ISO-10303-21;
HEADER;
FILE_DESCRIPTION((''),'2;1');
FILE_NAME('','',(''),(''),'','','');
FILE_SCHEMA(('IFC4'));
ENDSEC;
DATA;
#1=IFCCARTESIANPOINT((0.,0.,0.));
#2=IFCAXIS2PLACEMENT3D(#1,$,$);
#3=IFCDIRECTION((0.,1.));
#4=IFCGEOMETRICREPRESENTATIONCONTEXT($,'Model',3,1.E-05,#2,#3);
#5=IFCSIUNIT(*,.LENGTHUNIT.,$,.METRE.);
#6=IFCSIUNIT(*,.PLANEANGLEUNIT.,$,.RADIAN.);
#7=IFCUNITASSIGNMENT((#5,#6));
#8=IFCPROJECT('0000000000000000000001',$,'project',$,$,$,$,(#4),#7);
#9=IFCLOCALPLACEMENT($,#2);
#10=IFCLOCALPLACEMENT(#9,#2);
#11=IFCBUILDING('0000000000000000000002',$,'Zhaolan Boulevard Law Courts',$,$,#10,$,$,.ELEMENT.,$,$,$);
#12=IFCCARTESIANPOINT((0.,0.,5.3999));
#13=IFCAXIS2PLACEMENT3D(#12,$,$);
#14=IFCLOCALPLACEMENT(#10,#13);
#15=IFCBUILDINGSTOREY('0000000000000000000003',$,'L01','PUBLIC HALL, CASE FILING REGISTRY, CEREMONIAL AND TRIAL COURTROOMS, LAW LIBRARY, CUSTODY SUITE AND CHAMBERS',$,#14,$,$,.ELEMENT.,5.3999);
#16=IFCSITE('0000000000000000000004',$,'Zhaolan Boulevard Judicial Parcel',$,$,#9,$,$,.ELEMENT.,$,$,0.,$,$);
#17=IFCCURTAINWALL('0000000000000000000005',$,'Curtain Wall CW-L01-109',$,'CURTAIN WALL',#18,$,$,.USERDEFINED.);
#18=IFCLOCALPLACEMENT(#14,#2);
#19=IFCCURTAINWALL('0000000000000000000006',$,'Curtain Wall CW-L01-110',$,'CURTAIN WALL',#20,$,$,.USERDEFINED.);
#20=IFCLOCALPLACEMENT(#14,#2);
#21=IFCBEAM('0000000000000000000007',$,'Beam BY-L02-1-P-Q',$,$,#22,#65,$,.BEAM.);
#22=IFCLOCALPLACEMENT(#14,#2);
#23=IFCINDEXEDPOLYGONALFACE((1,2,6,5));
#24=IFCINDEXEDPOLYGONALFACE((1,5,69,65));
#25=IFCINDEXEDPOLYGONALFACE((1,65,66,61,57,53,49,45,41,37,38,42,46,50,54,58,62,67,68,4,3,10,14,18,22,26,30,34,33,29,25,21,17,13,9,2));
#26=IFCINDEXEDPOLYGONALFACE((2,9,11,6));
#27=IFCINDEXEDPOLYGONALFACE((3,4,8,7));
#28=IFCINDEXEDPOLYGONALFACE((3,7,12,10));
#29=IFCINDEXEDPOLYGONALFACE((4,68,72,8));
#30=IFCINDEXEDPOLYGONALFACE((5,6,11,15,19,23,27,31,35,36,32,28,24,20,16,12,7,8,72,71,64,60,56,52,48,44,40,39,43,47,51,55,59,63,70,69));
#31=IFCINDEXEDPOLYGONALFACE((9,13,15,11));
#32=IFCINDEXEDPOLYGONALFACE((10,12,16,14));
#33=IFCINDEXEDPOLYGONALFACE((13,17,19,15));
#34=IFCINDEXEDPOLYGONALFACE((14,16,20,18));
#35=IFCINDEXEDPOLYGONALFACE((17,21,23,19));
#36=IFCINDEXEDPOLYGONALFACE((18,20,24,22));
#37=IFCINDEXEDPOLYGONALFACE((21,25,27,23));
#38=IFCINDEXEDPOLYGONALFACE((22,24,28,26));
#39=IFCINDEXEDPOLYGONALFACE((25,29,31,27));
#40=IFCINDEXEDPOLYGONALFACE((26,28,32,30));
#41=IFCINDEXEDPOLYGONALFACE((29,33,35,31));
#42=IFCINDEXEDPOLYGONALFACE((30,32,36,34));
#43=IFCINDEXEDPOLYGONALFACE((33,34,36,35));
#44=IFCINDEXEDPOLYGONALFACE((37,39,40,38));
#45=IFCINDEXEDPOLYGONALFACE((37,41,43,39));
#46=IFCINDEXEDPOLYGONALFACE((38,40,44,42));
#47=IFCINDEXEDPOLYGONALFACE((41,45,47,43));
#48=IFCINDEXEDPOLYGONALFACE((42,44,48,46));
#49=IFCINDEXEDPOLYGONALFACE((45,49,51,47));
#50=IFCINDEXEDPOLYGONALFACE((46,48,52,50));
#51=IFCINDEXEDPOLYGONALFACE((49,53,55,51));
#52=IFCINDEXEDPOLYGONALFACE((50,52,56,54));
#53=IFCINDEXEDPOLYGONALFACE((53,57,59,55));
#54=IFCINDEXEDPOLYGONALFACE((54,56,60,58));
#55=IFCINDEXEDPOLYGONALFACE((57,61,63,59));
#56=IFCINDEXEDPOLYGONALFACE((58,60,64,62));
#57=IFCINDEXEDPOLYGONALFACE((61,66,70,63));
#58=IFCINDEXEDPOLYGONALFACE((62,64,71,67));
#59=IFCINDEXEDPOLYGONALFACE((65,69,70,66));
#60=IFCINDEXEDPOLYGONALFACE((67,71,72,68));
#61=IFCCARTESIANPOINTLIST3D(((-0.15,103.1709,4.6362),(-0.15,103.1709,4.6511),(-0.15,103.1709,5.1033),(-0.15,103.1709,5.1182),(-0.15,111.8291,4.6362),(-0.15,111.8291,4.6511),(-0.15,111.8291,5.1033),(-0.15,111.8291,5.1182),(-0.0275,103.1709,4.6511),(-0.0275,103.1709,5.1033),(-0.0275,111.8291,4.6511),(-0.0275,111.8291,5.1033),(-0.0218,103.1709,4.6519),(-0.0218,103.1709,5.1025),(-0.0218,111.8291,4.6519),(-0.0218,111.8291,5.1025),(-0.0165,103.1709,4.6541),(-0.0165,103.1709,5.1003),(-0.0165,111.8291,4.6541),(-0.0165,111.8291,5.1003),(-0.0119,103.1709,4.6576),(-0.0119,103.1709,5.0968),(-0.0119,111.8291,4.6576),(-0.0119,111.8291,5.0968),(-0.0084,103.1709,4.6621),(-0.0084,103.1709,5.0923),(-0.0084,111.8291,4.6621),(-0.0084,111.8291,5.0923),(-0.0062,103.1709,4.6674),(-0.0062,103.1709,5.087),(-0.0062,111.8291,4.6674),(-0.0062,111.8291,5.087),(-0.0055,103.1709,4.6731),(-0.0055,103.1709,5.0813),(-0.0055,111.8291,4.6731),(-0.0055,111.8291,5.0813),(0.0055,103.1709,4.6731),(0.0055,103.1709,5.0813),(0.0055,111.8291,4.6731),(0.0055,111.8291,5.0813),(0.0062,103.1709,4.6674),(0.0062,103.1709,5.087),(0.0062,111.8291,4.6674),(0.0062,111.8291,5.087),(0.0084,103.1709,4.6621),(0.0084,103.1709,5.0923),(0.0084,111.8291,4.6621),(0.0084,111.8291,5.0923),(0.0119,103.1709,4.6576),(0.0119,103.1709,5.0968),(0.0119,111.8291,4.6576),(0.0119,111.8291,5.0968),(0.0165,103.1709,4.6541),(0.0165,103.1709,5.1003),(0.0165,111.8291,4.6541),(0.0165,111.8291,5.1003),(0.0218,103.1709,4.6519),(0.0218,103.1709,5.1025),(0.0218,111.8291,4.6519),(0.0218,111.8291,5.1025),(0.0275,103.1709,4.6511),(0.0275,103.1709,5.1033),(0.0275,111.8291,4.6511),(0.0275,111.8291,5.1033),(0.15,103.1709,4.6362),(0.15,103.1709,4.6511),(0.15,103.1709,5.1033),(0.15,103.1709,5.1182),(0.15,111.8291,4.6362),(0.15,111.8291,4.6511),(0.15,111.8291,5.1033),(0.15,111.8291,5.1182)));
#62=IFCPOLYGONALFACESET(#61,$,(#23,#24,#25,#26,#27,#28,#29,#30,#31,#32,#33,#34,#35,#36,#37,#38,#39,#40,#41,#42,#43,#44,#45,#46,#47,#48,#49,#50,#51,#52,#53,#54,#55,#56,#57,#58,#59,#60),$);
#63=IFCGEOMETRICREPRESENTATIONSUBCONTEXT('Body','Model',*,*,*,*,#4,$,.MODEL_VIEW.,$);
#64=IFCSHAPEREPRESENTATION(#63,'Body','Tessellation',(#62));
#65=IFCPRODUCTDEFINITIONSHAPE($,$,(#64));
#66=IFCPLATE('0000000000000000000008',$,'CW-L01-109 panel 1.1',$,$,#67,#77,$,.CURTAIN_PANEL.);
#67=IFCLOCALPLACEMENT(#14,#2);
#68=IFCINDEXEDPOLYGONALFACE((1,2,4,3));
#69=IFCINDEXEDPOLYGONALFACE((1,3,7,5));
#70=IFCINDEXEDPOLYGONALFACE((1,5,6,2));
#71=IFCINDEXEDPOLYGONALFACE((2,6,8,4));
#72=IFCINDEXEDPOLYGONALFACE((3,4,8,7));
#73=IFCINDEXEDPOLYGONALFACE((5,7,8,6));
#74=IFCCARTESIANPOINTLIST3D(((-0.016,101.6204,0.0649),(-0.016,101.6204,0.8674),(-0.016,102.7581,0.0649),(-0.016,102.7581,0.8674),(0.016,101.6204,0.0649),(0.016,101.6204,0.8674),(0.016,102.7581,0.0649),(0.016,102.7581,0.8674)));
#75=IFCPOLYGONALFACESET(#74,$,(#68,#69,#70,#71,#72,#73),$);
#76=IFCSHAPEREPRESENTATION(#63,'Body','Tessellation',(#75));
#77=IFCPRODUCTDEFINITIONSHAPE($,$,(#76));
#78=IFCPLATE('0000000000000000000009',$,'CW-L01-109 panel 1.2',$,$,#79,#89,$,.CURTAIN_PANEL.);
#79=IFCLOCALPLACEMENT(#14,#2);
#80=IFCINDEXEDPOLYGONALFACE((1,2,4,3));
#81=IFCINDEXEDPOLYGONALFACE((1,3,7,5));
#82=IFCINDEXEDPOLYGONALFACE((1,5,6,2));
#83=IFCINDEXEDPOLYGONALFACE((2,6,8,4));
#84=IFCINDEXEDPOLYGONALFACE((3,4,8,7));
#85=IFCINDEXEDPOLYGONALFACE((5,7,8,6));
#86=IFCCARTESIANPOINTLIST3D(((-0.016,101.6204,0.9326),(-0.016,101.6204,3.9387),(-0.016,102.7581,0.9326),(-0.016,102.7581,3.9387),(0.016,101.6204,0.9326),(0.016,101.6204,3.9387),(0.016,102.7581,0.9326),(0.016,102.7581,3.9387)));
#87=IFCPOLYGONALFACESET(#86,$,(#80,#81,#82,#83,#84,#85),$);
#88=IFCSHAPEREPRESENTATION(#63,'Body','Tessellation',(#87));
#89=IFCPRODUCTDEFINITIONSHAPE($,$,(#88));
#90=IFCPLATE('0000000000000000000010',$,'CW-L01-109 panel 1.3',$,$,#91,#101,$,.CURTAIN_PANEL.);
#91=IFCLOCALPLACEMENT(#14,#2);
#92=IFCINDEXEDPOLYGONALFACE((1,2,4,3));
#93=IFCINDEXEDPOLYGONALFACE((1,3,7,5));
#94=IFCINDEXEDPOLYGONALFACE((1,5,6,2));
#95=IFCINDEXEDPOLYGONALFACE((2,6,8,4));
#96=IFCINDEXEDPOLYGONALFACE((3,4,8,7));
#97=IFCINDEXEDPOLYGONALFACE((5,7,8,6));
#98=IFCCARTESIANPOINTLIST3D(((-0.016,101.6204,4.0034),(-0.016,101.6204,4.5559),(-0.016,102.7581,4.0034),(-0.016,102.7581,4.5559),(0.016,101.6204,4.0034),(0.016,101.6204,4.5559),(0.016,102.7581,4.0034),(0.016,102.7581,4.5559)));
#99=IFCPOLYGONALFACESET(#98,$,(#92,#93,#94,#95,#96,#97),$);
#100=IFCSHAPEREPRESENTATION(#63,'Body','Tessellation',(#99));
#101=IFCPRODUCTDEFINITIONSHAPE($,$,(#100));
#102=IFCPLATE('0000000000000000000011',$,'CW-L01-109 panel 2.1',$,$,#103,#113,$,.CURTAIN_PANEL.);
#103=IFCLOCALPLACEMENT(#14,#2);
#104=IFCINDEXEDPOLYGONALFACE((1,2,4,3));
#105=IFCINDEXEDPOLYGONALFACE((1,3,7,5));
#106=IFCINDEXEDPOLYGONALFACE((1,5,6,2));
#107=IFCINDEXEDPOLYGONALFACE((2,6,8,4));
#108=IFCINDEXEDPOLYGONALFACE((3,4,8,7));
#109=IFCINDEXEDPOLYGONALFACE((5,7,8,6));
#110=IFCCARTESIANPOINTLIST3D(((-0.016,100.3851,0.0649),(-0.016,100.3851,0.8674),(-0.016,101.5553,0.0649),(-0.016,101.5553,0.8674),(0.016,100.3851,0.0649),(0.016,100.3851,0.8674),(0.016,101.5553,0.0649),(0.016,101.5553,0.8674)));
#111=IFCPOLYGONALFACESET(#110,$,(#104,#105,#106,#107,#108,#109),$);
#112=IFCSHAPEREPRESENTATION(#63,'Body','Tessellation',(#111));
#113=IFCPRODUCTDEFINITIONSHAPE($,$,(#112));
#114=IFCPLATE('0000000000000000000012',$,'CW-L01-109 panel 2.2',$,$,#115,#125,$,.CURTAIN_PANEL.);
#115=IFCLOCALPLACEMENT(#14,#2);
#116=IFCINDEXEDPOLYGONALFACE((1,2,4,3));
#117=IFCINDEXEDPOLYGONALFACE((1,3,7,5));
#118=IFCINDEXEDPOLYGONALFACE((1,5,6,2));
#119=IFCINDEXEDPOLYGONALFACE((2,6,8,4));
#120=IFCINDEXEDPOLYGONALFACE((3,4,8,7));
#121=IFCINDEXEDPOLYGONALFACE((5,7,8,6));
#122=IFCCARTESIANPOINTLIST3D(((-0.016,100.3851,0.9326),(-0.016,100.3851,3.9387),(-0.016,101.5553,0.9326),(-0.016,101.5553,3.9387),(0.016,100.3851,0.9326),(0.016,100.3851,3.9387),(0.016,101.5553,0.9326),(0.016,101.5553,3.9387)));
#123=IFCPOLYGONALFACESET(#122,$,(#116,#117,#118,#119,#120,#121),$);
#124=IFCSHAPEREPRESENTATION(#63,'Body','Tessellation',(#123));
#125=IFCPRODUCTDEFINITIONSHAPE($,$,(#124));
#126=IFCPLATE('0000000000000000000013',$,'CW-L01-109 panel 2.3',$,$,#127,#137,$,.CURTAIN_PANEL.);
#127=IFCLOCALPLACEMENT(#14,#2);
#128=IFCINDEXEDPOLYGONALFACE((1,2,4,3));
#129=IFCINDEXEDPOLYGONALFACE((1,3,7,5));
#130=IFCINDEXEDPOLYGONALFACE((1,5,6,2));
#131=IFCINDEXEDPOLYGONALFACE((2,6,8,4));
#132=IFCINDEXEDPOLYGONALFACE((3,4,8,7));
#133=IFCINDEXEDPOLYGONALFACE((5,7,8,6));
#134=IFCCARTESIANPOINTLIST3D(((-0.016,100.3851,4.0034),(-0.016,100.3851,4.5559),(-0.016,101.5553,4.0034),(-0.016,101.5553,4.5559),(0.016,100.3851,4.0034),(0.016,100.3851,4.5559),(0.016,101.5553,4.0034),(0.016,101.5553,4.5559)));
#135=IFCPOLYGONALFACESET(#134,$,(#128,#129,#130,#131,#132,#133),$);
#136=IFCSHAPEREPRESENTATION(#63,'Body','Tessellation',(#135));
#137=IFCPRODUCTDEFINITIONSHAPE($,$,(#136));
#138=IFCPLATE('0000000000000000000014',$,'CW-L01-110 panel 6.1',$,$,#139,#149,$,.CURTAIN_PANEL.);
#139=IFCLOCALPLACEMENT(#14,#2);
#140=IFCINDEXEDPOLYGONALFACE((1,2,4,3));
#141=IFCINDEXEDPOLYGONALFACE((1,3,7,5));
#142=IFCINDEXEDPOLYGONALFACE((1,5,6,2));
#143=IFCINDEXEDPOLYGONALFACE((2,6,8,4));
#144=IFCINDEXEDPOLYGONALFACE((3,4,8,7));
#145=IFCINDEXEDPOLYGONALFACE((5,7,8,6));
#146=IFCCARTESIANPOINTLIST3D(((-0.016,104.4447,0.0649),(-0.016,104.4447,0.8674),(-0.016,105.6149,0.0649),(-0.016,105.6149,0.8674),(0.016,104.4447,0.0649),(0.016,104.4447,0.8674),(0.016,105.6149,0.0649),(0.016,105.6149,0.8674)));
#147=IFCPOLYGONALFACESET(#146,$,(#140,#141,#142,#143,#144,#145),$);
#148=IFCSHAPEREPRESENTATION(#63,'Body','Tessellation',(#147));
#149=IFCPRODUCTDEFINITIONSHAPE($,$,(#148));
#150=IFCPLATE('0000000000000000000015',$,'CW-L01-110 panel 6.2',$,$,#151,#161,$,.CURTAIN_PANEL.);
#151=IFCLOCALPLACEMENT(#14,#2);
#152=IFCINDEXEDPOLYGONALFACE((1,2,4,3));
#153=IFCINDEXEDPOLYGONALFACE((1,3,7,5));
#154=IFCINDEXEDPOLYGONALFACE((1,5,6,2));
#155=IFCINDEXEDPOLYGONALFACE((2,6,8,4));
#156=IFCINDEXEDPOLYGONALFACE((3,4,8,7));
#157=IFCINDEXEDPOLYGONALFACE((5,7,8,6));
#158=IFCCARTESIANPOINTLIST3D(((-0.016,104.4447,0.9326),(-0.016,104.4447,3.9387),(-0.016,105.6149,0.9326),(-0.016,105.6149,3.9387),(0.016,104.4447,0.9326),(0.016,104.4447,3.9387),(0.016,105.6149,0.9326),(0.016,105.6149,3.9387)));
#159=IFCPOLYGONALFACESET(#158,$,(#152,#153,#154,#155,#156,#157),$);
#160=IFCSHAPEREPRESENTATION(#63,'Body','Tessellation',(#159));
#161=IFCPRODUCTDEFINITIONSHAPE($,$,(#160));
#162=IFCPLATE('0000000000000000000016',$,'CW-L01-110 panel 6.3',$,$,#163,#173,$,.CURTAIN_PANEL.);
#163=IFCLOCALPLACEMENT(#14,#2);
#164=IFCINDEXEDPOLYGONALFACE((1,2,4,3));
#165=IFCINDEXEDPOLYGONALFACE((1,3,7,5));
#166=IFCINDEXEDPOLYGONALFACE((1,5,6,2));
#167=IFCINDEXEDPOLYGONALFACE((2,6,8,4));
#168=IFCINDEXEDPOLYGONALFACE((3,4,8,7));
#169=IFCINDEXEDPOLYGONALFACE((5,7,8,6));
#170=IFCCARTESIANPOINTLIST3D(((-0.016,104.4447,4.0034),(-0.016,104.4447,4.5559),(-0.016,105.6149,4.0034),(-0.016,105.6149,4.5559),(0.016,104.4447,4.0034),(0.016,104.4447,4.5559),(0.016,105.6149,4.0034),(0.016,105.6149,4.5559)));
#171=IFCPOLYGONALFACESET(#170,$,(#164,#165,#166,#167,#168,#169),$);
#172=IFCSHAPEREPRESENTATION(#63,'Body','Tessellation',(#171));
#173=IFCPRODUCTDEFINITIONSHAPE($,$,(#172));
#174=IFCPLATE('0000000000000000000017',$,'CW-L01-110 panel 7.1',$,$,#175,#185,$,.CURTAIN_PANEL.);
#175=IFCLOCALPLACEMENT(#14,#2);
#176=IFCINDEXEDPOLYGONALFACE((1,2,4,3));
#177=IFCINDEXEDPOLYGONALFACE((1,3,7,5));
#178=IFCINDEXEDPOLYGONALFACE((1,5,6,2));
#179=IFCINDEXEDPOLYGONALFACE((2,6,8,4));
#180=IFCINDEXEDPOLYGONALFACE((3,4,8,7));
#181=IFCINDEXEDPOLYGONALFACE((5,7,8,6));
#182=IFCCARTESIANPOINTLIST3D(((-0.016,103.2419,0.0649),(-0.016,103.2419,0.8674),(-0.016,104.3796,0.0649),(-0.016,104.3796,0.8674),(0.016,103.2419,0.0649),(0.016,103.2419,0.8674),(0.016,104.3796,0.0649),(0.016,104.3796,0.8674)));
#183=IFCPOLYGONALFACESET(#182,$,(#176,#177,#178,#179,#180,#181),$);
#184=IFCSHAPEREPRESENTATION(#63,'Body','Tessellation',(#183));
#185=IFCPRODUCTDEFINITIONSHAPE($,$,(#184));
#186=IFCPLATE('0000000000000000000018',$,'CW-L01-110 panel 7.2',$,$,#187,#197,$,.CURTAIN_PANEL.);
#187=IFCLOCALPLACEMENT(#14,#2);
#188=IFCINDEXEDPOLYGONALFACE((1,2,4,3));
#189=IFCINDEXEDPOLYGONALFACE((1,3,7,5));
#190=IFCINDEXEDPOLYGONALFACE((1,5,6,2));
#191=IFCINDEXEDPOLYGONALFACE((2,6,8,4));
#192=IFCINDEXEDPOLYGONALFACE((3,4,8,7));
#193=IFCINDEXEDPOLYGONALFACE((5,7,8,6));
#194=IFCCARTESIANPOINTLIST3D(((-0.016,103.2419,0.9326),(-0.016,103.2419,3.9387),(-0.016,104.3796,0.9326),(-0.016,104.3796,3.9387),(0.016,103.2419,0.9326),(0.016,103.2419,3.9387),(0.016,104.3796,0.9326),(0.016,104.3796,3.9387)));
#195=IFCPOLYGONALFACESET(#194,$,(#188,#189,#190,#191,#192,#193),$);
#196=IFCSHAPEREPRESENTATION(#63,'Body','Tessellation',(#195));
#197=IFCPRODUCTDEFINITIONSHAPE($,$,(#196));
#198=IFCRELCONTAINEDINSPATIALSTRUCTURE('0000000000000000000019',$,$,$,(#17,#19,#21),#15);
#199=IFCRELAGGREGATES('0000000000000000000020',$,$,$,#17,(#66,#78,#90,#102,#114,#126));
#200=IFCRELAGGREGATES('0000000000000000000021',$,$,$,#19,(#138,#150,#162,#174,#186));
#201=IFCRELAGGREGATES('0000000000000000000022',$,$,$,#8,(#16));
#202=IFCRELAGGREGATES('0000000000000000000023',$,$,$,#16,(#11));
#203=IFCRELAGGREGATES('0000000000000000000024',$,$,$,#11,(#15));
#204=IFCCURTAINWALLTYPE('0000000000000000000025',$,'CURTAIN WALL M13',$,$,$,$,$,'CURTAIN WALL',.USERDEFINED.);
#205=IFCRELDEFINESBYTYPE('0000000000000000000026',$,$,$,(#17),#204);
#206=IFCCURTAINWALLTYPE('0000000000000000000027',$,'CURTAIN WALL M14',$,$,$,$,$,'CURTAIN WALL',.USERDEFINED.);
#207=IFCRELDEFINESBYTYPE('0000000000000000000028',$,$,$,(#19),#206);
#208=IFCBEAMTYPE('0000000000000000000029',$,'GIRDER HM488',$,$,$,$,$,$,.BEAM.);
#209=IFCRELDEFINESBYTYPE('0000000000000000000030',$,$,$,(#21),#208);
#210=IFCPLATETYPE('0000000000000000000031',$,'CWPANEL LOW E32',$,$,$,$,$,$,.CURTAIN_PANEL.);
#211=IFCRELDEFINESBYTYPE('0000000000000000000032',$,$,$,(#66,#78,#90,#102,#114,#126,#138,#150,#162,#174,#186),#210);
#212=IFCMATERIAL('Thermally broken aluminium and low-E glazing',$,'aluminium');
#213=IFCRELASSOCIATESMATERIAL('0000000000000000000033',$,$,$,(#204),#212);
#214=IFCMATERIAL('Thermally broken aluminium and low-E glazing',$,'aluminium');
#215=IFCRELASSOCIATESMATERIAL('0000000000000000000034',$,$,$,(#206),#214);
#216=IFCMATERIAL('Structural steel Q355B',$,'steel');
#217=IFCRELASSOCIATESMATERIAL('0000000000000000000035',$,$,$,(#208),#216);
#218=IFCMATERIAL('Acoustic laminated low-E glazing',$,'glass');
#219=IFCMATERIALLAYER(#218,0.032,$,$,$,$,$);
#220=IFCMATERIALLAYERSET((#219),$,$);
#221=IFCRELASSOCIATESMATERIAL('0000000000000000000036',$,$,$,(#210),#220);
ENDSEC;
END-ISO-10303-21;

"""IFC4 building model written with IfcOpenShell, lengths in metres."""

from ifc_helpers import new_model, si_unit, direction, frame, origin, origin_2d, place, context, subcontext, project, spatial, rectangle, i_section, extrude, material, layer, layer_set, material_profile, profile_set, type_object, element, aggregate, save


model = new_model("IFC4")

# Units and contexts
model_context = context("Model", 3, precision=1e-05, world=origin(), true_north=direction((0.0, 1.0)))
body_context = subcontext(model_context, "Body", "Model", "MODEL_VIEW")
ifc_project = project(units=[si_unit("LENGTHUNIT", "METRE"), si_unit("PLANEANGLEUNIT", "RADIAN")], contexts=[model_context])

# Site, building, storey
site_placement = place(None, origin())
site = spatial("IfcSite", under=ifc_project, at=site_placement, Name="Zhaolan Boulevard Judicial Parcel", CompositionType="ELEMENT", RefElevation=0.0)
building_placement = place(site_placement, origin())
building = spatial("IfcBuilding", under=site, at=building_placement, Name="Zhaolan Boulevard Law Courts", CompositionType="ELEMENT")
storey_placement = place(building_placement, frame((0.0, 0.0, 5.3999)))
storey = spatial("IfcBuildingStorey", under=building, at=storey_placement, Name="L01", Description="PUBLIC HALL, CASE FILING REGISTRY, CEREMONIAL AND TRIAL COURTROOMS, LAW LIBRARY, CUSTODY SUITE AND CHAMBERS", CompositionType="ELEMENT", Elevation=5.3999)

# Curtain walls
ifc_material_1 = material(Name="Thermally broken aluminium and low-E glazing", Category="aluminium")
curtain_wall_type_1 = type_object("IfcCurtainWallType", Name="CURTAIN WALL M13", ElementType="CURTAIN WALL", PredefinedType="USERDEFINED", material=ifc_material_1)
curtain_wall_1_placement = place(storey_placement, origin())
curtain_wall_1 = element("IfcCurtainWall", 1, at=curtain_wall_1_placement, inside=storey, type_object=curtain_wall_type_1, Name="Curtain Wall CW-L01-109", ObjectType="CURTAIN WALL", PredefinedType="USERDEFINED")
ifc_material_2 = material(Name="Thermally broken aluminium and low-E glazing", Category="aluminium")
curtain_wall_type_2 = type_object("IfcCurtainWallType", Name="CURTAIN WALL M14", ElementType="CURTAIN WALL", PredefinedType="USERDEFINED", material=ifc_material_2)
curtain_wall_2_placement = place(storey_placement, origin())
curtain_wall_2 = element("IfcCurtainWall", 2, at=curtain_wall_2_placement, inside=storey, type_object=curtain_wall_type_2, Name="Curtain Wall CW-L01-110", ObjectType="CURTAIN WALL", PredefinedType="USERDEFINED")

# Beam
ifc_material_3 = material(Name="Structural steel Q355B", Category="steel")
ifc_material_profile_1 = material_profile(ifc_material_3, i_section(OverallWidth=0.3, OverallDepth=0.4819, WebThickness=0.011, FlangeThickness=0.0149, FilletRadius=0.022, at=origin_2d()), Name="HM482x300")
ifc_profile_set_1 = profile_set([ifc_material_profile_1], Name="Structural steel Q355B")
beam_type = type_object("IfcBeamType", Name="GIRDER HM488", PredefinedType="BEAM", material=ifc_profile_set_1)
beam_placement = place(storey_placement, frame((0.0, 103.1709, 4.8772), z_axis=(0.0, 1.0, 0.0), x_axis=(-1.0, 0.0, 0.0)))
element("IfcBeam", 3, at=beam_placement, inside=storey, type_object=beam_type, Name="Beam BY-L02-1-P-Q", PredefinedType="BEAM", context=body_context, shape_type="SweptSolid", body=[
    extrude(i_section(OverallWidth=0.3, OverallDepth=0.4819, WebThickness=0.011, FlangeThickness=0.0149, FilletRadius=0.022, at=origin_2d()), origin(), (0.0, 0.0, 1.0), 8.6582),
])

# Plates
ifc_material_4 = material(Name="Acoustic laminated low-E glazing", Category="glass")
ifc_layer = layer(ifc_material_4, 0.032)
ifc_layer_set = layer_set([ifc_layer])
plate_type = type_object("IfcPlateType", Name="CWPANEL LOW E32", PredefinedType="CURTAIN_PANEL", material=ifc_layer_set)
plate_1_placement = place(storey_placement, frame((0.0, 102.1892, 0.0649), z_axis=(0.0, 0.0, 1.0), x_axis=(0.0, -1.0, 0.0)))
plate_1 = element("IfcPlate", 4, at=plate_1_placement, type_object=plate_type, Name="CW-L01-109 panel 1.1", PredefinedType="CURTAIN_PANEL", context=body_context, shape_type="SweptSolid", body=[
    extrude(rectangle(XDim=1.1377, YDim=0.032, at=origin_2d()), origin(), (0.0, 0.0, 1.0), 0.8025),
])
plate_2_placement = place(storey_placement, frame((0.0, 102.1892, 0.9326), z_axis=(0.0, 0.0, 1.0), x_axis=(0.0, -1.0, 0.0)))
plate_2 = element("IfcPlate", 5, at=plate_2_placement, type_object=plate_type, Name="CW-L01-109 panel 1.2", PredefinedType="CURTAIN_PANEL", context=body_context, shape_type="SweptSolid", body=[
    extrude(rectangle(XDim=1.1377, YDim=0.032, at=origin_2d()), origin(), (0.0, 0.0, 1.0), 3.0061),
])
plate_3_placement = place(storey_placement, frame((0.0, 102.1892, 4.0034), z_axis=(0.0, 0.0, 1.0), x_axis=(0.0, -1.0, 0.0)))
plate_3 = element("IfcPlate", 6, at=plate_3_placement, type_object=plate_type, Name="CW-L01-109 panel 1.3", PredefinedType="CURTAIN_PANEL", context=body_context, shape_type="SweptSolid", body=[
    extrude(rectangle(XDim=1.1377, YDim=0.032, at=origin_2d()), origin(), (0.0, 0.0, 1.0), 0.5525),
])
plate_4_placement = place(storey_placement, frame((0.0, 100.9702, 0.0649), z_axis=(0.0, 0.0, 1.0), x_axis=(0.0, -1.0, 0.0)))
plate_4 = element("IfcPlate", 7, at=plate_4_placement, type_object=plate_type, Name="CW-L01-109 panel 2.1", PredefinedType="CURTAIN_PANEL", context=body_context, shape_type="SweptSolid", body=[
    extrude(rectangle(XDim=1.1702, YDim=0.032, at=origin_2d()), origin(), (0.0, 0.0, 1.0), 0.8025),
])
plate_5_placement = place(storey_placement, frame((0.0, 100.9702, 0.9326), z_axis=(0.0, 0.0, 1.0), x_axis=(0.0, -1.0, 0.0)))
plate_5 = element("IfcPlate", 8, at=plate_5_placement, type_object=plate_type, Name="CW-L01-109 panel 2.2", PredefinedType="CURTAIN_PANEL", context=body_context, shape_type="SweptSolid", body=[
    extrude(rectangle(XDim=1.1702, YDim=0.032, at=origin_2d()), origin(), (0.0, 0.0, 1.0), 3.0061),
])
plate_6_placement = place(storey_placement, frame((0.0, 100.9702, 4.0034), z_axis=(0.0, 0.0, 1.0), x_axis=(0.0, -1.0, 0.0)))
plate_6 = element("IfcPlate", 9, at=plate_6_placement, type_object=plate_type, Name="CW-L01-109 panel 2.3", PredefinedType="CURTAIN_PANEL", context=body_context, shape_type="SweptSolid", body=[
    extrude(rectangle(XDim=1.1702, YDim=0.032, at=origin_2d()), origin(), (0.0, 0.0, 1.0), 0.5525),
])
aggregate(curtain_wall_1, [plate_1, plate_2, plate_3, plate_4, plate_5, plate_6])
plate_7_placement = place(storey_placement, frame((0.0, 105.0298, 0.0649), z_axis=(0.0, 0.0, 1.0), x_axis=(0.0, -1.0, 0.0)))
plate_7 = element("IfcPlate", 10, at=plate_7_placement, type_object=plate_type, Name="CW-L01-110 panel 6.1", PredefinedType="CURTAIN_PANEL", context=body_context, shape_type="SweptSolid", body=[
    extrude(rectangle(XDim=1.1702, YDim=0.032, at=origin_2d()), origin(), (0.0, 0.0, 1.0), 0.8025),
])
plate_8_placement = place(storey_placement, frame((0.0, 105.0298, 0.9326), z_axis=(0.0, 0.0, 1.0), x_axis=(0.0, -1.0, 0.0)))
plate_8 = element("IfcPlate", 11, at=plate_8_placement, type_object=plate_type, Name="CW-L01-110 panel 6.2", PredefinedType="CURTAIN_PANEL", context=body_context, shape_type="SweptSolid", body=[
    extrude(rectangle(XDim=1.1702, YDim=0.032, at=origin_2d()), origin(), (0.0, 0.0, 1.0), 3.0061),
])
plate_9_placement = place(storey_placement, frame((0.0, 105.0298, 4.0034), z_axis=(0.0, 0.0, 1.0), x_axis=(0.0, -1.0, 0.0)))
plate_9 = element("IfcPlate", 12, at=plate_9_placement, type_object=plate_type, Name="CW-L01-110 panel 6.3", PredefinedType="CURTAIN_PANEL", context=body_context, shape_type="SweptSolid", body=[
    extrude(rectangle(XDim=1.1702, YDim=0.032, at=origin_2d()), origin(), (0.0, 0.0, 1.0), 0.5525),
])
plate_10_placement = place(storey_placement, frame((0.0, 103.8108, 0.0649), z_axis=(0.0, 0.0, 1.0), x_axis=(0.0, -1.0, 0.0)))
plate_10 = element("IfcPlate", 13, at=plate_10_placement, type_object=plate_type, Name="CW-L01-110 panel 7.1", PredefinedType="CURTAIN_PANEL", context=body_context, shape_type="SweptSolid", body=[
    extrude(rectangle(XDim=1.1377, YDim=0.032, at=origin_2d()), origin(), (0.0, 0.0, 1.0), 0.8025),
])
plate_11_placement = place(storey_placement, frame((0.0, 103.8108, 0.9326), z_axis=(0.0, 0.0, 1.0), x_axis=(0.0, -1.0, 0.0)))
plate_11 = element("IfcPlate", 14, at=plate_11_placement, type_object=plate_type, Name="CW-L01-110 panel 7.2", PredefinedType="CURTAIN_PANEL", context=body_context, shape_type="SweptSolid", body=[
    extrude(rectangle(XDim=1.1377, YDim=0.032, at=origin_2d()), origin(), (0.0, 0.0, 1.0), 3.0061),
])
aggregate(curtain_wall_2, [plate_7, plate_8, plate_9, plate_10, plate_11])

save(model, "model.ifc")
